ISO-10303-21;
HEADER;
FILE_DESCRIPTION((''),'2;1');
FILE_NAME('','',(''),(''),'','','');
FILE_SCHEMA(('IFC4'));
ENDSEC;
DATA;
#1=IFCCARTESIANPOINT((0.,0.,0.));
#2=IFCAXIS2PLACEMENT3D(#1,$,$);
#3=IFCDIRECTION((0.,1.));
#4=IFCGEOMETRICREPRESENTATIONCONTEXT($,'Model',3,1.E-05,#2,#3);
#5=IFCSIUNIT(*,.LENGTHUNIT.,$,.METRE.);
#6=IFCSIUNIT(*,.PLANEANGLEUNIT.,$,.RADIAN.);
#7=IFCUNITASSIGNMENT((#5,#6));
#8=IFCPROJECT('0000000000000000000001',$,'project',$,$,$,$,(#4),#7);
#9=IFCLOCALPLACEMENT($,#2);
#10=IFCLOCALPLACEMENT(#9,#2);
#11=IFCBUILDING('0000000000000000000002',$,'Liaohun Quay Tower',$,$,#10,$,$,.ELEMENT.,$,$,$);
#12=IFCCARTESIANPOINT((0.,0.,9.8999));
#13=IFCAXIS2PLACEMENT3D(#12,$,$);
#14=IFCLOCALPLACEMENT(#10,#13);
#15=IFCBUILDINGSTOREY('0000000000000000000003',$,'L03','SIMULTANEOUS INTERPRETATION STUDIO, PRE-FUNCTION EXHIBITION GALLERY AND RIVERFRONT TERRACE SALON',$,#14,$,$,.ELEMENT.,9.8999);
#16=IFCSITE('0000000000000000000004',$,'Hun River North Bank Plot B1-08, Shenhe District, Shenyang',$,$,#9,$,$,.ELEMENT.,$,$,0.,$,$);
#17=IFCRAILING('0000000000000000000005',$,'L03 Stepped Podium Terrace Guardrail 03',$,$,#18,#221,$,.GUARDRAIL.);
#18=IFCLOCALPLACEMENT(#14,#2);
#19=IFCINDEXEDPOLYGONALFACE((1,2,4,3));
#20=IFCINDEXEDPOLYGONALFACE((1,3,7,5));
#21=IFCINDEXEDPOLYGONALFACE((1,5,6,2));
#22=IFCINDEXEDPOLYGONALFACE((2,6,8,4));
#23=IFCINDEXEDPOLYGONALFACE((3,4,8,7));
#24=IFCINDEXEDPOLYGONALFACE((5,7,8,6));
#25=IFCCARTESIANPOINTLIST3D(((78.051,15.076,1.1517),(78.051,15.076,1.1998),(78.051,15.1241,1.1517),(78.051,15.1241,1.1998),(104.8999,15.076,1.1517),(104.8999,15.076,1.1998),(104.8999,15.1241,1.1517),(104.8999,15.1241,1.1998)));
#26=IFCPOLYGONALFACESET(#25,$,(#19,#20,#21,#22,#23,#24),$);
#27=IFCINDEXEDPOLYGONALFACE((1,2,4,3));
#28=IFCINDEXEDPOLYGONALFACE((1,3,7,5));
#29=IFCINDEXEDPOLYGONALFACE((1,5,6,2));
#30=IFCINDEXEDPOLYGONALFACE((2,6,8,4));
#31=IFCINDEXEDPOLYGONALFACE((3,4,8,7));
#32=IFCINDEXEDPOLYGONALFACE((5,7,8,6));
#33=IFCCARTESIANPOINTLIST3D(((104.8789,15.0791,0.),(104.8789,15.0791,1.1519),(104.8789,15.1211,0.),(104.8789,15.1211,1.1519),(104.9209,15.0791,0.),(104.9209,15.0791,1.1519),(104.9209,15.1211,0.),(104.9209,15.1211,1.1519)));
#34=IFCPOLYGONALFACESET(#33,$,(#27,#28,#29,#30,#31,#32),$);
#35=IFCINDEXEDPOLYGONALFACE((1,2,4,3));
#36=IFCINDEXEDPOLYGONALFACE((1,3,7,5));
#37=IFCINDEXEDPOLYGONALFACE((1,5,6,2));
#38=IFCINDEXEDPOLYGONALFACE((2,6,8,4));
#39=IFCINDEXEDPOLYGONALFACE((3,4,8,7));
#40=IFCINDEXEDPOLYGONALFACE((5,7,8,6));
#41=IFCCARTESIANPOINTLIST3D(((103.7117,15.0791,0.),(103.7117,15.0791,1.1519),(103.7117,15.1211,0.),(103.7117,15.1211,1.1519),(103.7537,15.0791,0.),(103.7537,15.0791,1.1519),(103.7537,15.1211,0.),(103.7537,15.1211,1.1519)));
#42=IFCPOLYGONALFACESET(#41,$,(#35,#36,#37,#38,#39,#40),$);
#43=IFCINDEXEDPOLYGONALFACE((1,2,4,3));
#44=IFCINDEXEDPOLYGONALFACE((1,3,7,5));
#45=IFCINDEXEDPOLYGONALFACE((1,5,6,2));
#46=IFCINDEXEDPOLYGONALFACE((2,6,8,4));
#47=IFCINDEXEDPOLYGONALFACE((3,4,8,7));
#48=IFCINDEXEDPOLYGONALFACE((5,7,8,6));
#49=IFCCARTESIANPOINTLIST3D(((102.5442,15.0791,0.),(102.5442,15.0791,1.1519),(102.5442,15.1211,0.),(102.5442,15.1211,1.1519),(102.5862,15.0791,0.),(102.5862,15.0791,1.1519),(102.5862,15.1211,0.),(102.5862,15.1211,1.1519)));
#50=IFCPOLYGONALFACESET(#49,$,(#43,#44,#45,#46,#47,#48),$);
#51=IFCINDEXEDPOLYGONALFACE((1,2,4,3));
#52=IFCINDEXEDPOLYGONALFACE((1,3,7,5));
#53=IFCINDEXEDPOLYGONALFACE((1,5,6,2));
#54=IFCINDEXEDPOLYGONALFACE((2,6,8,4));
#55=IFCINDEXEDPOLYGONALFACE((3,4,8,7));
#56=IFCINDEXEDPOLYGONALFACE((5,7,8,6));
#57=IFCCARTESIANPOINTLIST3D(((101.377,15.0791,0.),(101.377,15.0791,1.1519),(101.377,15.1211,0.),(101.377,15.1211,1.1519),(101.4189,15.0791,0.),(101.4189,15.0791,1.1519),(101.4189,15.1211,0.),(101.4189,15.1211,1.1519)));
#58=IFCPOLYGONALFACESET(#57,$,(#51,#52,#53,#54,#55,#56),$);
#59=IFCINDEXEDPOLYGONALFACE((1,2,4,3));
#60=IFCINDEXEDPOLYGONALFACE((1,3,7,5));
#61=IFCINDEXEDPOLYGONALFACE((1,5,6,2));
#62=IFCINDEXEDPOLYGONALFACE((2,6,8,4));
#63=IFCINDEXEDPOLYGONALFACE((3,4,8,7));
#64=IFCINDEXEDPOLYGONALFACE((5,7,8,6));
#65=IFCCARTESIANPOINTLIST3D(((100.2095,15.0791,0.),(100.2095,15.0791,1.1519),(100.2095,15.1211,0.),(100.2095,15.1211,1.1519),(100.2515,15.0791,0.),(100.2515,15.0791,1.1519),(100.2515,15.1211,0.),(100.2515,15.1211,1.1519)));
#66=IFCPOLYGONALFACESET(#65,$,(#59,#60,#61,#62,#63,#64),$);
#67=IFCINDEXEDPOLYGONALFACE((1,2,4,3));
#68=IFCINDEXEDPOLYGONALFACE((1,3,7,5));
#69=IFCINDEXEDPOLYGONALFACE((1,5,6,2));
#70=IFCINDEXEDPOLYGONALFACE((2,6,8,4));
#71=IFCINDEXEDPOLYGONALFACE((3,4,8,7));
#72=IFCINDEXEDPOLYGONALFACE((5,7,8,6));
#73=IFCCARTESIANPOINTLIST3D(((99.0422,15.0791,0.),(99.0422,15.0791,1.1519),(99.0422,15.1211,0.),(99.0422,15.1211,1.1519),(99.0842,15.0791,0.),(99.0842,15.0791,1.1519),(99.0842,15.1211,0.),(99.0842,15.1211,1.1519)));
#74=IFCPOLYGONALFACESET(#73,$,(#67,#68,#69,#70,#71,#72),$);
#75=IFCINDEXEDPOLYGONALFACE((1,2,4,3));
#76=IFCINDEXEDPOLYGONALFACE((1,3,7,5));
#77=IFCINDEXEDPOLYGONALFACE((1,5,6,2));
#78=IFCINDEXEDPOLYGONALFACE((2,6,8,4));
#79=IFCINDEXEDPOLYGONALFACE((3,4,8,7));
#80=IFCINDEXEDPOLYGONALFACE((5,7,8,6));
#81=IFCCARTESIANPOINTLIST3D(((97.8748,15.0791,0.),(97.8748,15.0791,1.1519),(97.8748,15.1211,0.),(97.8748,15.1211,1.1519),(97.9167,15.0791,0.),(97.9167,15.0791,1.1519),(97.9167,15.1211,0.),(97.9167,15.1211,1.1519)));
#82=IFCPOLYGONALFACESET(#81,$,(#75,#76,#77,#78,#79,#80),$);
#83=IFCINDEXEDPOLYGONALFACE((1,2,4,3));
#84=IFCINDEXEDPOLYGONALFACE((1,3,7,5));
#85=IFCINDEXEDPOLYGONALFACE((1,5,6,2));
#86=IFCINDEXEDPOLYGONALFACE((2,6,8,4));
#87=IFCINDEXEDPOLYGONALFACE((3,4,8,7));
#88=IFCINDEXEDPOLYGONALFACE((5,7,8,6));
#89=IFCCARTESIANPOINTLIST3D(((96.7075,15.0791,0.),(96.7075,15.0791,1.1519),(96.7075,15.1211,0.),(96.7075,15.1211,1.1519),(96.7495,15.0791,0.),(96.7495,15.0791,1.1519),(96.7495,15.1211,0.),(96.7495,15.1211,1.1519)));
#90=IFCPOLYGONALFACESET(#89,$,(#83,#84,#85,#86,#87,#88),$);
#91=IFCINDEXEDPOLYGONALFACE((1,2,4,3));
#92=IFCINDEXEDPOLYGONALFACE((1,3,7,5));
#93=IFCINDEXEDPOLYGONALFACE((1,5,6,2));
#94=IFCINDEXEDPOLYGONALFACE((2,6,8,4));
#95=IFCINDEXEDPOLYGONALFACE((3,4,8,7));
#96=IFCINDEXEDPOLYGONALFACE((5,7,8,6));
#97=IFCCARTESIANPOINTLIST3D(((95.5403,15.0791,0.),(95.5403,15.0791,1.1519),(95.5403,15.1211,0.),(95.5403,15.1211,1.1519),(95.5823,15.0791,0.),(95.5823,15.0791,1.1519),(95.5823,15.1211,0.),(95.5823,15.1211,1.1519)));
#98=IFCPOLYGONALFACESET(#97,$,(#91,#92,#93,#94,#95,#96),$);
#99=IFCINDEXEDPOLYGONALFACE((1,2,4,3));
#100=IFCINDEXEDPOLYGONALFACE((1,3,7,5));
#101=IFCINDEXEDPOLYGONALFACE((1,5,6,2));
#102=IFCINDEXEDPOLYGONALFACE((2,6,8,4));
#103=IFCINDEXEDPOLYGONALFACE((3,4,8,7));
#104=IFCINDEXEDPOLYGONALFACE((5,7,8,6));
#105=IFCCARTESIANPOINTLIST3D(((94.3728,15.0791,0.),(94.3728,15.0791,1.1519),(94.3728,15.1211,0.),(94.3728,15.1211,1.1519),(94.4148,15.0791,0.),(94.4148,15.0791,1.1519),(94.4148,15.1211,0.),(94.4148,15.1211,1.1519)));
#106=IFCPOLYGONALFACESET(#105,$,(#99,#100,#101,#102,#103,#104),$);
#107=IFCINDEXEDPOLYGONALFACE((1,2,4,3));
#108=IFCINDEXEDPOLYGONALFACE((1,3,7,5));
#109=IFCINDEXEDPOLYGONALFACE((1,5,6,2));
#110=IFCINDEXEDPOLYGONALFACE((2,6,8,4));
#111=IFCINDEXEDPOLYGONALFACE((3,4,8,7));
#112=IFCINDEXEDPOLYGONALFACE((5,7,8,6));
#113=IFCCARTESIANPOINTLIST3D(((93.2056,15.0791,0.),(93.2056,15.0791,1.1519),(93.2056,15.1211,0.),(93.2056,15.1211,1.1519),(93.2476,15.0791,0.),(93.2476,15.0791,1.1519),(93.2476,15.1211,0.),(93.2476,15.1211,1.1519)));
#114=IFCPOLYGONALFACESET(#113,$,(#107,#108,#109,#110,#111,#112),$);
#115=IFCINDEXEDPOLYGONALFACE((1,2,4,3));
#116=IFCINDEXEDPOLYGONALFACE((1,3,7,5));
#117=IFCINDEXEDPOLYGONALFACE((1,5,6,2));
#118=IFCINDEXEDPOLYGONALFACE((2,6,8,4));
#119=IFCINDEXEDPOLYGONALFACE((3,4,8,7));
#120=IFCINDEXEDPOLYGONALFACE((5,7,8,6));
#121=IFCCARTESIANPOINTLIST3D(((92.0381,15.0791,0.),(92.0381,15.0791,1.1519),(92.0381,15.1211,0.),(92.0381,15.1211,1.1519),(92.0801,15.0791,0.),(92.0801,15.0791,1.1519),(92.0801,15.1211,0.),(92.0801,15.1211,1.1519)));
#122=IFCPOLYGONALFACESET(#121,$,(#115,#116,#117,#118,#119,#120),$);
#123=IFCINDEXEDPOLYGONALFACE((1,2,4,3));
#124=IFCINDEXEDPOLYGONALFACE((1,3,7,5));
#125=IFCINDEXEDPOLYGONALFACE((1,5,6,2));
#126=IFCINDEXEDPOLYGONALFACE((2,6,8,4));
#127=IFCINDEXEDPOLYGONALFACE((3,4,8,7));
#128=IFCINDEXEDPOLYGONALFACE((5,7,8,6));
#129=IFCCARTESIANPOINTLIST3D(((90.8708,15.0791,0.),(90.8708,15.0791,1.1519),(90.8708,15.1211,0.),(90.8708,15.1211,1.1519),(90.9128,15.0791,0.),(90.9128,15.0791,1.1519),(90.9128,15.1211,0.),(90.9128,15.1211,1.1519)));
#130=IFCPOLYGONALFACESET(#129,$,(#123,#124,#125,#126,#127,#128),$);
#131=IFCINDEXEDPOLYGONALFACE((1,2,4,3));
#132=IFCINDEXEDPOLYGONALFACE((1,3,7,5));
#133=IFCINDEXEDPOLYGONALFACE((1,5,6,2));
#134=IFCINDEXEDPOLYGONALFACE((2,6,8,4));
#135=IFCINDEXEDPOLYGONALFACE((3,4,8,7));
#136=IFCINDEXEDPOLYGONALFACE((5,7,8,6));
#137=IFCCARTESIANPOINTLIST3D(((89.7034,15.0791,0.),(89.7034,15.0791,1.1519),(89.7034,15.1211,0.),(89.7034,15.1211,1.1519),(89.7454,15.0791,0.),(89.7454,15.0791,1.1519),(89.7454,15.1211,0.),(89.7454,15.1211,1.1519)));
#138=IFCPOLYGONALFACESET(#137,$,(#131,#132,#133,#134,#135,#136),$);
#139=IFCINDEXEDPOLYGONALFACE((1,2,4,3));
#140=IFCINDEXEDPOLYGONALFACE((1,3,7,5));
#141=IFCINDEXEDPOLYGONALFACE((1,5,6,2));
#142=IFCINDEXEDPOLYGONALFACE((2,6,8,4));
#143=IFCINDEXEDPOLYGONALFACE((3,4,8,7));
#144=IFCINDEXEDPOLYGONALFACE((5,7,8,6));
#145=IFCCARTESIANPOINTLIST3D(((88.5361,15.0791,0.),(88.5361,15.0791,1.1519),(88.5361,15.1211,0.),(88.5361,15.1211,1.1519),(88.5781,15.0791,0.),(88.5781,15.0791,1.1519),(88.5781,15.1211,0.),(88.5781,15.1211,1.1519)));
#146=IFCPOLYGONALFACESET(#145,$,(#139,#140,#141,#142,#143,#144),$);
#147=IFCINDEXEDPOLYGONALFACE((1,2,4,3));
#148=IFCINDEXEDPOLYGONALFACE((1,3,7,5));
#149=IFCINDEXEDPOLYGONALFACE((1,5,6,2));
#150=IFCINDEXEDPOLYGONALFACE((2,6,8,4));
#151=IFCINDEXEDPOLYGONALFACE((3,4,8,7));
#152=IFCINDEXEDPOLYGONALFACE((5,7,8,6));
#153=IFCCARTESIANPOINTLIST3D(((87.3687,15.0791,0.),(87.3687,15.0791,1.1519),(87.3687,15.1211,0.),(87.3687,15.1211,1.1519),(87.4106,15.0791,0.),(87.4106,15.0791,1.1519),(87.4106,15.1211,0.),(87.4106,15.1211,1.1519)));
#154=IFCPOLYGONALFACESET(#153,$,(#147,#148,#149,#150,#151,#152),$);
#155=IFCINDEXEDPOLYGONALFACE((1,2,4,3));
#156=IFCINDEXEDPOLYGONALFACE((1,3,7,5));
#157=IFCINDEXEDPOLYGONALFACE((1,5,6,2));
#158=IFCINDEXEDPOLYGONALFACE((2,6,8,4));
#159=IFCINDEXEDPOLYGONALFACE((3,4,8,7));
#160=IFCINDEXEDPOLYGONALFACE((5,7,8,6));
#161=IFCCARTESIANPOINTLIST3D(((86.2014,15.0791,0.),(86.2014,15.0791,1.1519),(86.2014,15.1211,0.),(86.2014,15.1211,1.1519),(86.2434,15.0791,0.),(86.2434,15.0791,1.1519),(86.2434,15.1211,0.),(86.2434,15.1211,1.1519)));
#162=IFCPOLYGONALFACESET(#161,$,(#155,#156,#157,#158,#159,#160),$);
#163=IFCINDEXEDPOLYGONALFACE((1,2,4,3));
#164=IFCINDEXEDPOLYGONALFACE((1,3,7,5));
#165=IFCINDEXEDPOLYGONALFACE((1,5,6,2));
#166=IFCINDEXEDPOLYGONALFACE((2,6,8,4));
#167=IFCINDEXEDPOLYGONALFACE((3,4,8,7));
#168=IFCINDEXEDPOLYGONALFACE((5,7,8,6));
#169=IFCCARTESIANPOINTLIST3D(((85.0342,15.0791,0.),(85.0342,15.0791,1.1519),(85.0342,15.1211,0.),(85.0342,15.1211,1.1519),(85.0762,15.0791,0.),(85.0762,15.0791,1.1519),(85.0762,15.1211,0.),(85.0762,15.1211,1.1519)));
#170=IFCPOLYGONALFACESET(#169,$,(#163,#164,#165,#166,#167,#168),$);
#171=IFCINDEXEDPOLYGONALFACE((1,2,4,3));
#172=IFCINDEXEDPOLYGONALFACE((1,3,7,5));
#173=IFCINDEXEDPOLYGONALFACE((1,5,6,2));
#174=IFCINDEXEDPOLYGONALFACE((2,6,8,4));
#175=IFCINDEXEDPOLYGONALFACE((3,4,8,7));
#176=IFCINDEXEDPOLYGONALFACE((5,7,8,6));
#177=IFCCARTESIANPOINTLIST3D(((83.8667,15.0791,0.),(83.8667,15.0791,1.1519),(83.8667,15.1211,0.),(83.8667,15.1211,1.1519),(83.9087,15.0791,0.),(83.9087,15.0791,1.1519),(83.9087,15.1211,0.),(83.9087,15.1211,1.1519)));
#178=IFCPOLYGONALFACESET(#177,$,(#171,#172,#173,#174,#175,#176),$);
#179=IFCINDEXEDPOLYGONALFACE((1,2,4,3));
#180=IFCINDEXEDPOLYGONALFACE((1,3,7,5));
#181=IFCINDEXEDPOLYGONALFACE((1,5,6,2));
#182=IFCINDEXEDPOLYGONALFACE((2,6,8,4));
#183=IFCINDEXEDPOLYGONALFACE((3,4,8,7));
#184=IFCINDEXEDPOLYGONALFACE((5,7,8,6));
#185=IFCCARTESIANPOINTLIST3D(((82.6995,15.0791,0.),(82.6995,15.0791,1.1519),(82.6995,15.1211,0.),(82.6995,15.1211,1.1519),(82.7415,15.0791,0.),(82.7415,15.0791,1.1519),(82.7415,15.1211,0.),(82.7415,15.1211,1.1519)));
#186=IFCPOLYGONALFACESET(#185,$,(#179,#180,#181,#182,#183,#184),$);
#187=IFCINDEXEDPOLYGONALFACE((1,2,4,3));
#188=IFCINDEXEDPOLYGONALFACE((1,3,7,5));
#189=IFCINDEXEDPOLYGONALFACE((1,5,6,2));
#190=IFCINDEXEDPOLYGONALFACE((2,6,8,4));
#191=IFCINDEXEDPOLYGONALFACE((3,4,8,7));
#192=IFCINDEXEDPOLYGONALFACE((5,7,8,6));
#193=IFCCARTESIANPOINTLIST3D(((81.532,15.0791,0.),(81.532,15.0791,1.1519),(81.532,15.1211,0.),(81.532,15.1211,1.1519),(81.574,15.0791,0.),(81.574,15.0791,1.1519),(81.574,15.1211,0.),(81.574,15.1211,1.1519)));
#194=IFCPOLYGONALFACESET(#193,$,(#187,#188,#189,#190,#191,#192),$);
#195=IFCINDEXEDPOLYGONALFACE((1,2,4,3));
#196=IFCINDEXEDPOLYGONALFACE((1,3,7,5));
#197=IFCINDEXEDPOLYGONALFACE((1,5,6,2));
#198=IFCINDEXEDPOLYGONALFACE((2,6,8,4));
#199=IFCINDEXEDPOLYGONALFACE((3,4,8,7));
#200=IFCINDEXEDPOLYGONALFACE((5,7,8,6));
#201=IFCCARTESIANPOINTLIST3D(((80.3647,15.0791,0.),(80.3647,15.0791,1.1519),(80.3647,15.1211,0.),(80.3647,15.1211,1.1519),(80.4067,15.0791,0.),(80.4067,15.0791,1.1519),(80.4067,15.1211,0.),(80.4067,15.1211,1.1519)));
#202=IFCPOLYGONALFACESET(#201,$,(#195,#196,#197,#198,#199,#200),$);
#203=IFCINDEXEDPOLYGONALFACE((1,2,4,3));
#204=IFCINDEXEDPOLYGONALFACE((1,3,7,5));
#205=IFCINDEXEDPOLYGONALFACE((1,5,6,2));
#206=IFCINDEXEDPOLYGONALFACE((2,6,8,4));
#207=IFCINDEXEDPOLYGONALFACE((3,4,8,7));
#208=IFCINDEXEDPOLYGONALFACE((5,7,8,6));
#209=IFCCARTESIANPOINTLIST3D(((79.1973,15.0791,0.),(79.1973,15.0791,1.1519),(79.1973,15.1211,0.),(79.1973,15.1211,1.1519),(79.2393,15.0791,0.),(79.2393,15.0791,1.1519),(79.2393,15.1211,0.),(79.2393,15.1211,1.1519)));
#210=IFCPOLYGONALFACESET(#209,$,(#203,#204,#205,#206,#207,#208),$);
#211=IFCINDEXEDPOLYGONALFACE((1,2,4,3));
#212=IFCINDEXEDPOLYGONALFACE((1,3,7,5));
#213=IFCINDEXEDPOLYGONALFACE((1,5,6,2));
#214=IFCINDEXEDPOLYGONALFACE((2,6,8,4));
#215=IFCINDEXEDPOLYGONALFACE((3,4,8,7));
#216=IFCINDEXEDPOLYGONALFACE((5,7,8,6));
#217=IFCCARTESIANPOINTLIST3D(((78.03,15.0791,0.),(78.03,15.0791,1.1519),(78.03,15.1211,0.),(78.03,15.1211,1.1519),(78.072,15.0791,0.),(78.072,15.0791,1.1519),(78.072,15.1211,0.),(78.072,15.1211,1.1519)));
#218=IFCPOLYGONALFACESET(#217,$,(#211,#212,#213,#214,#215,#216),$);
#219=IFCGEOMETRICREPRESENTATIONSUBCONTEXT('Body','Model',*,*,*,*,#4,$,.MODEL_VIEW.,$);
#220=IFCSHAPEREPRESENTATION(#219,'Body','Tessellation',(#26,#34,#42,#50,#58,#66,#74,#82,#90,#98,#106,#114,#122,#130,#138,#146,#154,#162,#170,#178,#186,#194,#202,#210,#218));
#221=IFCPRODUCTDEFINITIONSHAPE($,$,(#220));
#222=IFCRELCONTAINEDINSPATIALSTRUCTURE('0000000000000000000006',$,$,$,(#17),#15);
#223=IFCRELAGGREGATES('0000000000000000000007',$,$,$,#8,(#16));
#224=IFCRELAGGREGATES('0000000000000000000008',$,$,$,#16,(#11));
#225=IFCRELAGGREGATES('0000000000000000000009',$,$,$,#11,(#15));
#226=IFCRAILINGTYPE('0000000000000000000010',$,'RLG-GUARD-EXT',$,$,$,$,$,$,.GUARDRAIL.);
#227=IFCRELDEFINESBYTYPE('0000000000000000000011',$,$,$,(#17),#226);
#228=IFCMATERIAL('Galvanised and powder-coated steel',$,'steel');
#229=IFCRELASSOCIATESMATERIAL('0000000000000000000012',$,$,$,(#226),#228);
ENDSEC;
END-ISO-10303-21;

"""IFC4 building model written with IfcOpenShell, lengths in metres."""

from ifc_helpers import new_model, si_unit, direction, frame, origin, origin_2d, place, context, subcontext, project, spatial, rectangle, extrude, material, type_object, element, save


model = new_model("IFC4")

# Units and contexts
model_context = context("Model", 3, precision=1e-05, world=origin(), true_north=direction((0.0, 1.0)))
body_context = subcontext(model_context, "Body", "Model", "MODEL_VIEW")
ifc_project = project(units=[si_unit("LENGTHUNIT", "METRE"), si_unit("PLANEANGLEUNIT", "RADIAN")], contexts=[model_context])

# Site, building, storey
site_placement = place(None, origin())
site = spatial("IfcSite", under=ifc_project, at=site_placement, Name="Hun River North Bank Plot B1-08, Shenhe District, Shenyang", CompositionType="ELEMENT", RefElevation=0.0)
building_placement = place(site_placement, origin())
building = spatial("IfcBuilding", under=site, at=building_placement, Name="Liaohun Quay Tower", CompositionType="ELEMENT")
storey_placement = place(building_placement, frame((0.0, 0.0, 9.8999)))
storey = spatial("IfcBuildingStorey", under=building, at=storey_placement, Name="L03", Description="SIMULTANEOUS INTERPRETATION STUDIO, PRE-FUNCTION EXHIBITION GALLERY AND RIVERFRONT TERRACE SALON", CompositionType="ELEMENT", Elevation=9.8999)

# Railing
ifc_material_1 = material(Name="Galvanised and powder-coated steel", Category="steel")
railing_type_1 = type_object("IfcRailingType", Name="RLG-GUARD-EXT", PredefinedType="GUARDRAIL", material=ifc_material_1)
railing_1_placement = place(storey_placement, frame((104.8999, 15.1001, 0.0)))
element("IfcRailing", 1, at=railing_1_placement, inside=storey, type_object=railing_type_1, Name="L03 Stepped Podium Terrace Guardrail 03", PredefinedType="GUARDRAIL", context=body_context, shape_type="SweptSolid", body=[
    extrude(rectangle(XDim=0.0481, YDim=0.0481, at=origin_2d()), frame((0.0, 0.0, 1.1758), z_axis=(-1.0, 0.0, 0.0), x_axis=(0.0, -1.0, 0.0)), (0.0, 0.0, 1.0), 26.8489),
    extrude(rectangle(XDim=0.042, YDim=0.042, at=origin_2d()), origin(), (0.0, 0.0, 1.0), 1.1519),
    extrude(rectangle(XDim=0.042, YDim=0.042, at=origin_2d()), frame((-1.1672, 0.0, 0.0)), (0.0, 0.0, 1.0), 1.1519),
    extrude(rectangle(XDim=0.042, YDim=0.042, at=origin_2d()), frame((-2.3347, 0.0, 0.0)), (0.0, 0.0, 1.0), 1.1519),
    extrude(rectangle(XDim=0.042, YDim=0.042, at=origin_2d()), frame((-3.502, 0.0, 0.0)), (0.0, 0.0, 1.0), 1.1519),
    extrude(rectangle(XDim=0.042, YDim=0.042, at=origin_2d()), frame((-4.6694, 0.0, 0.0)), (0.0, 0.0, 1.0), 1.1519),
    extrude(rectangle(XDim=0.042, YDim=0.042, at=origin_2d()), frame((-5.8367, 0.0, 0.0)), (0.0, 0.0, 1.0), 1.1519),
    extrude(rectangle(XDim=0.042, YDim=0.042, at=origin_2d()), frame((-7.0042, 0.0, 0.0)), (0.0, 0.0, 1.0), 1.1519),
    extrude(rectangle(XDim=0.042, YDim=0.042, at=origin_2d()), frame((-8.1714, 0.0, 0.0)), (0.0, 0.0, 1.0), 1.1519),
    extrude(rectangle(XDim=0.042, YDim=0.042, at=origin_2d()), frame((-9.3386, 0.0, 0.0)), (0.0, 0.0, 1.0), 1.1519),
    extrude(rectangle(XDim=0.042, YDim=0.042, at=origin_2d()), frame((-10.5061, 0.0, 0.0)), (0.0, 0.0, 1.0), 1.1519),
    extrude(rectangle(XDim=0.042, YDim=0.042, at=origin_2d()), frame((-11.6733, 0.0, 0.0)), (0.0, 0.0, 1.0), 1.1519),
    extrude(rectangle(XDim=0.042, YDim=0.042, at=origin_2d()), frame((-12.8408, 0.0, 0.0)), (0.0, 0.0, 1.0), 1.1519),
    extrude(rectangle(XDim=0.042, YDim=0.042, at=origin_2d()), frame((-14.0081, 0.0, 0.0)), (0.0, 0.0, 1.0), 1.1519),
    extrude(rectangle(XDim=0.042, YDim=0.042, at=origin_2d()), frame((-15.1755, 0.0, 0.0)), (0.0, 0.0, 1.0), 1.1519),
    extrude(rectangle(XDim=0.042, YDim=0.042, at=origin_2d()), frame((-16.3428, 0.0, 0.0)), (0.0, 0.0, 1.0), 1.1519),
    extrude(rectangle(XDim=0.042, YDim=0.042, at=origin_2d()), frame((-17.5103, 0.0, 0.0)), (0.0, 0.0, 1.0), 1.1519),
    extrude(rectangle(XDim=0.042, YDim=0.042, at=origin_2d()), frame((-18.6775, 0.0, 0.0)), (0.0, 0.0, 1.0), 1.1519),
    extrude(rectangle(XDim=0.042, YDim=0.042, at=origin_2d()), frame((-19.8447, 0.0, 0.0)), (0.0, 0.0, 1.0), 1.1519),
    extrude(rectangle(XDim=0.042, YDim=0.042, at=origin_2d()), frame((-21.0122, 0.0, 0.0)), (0.0, 0.0, 1.0), 1.1519),
    extrude(rectangle(XDim=0.042, YDim=0.042, at=origin_2d()), frame((-22.1794, 0.0, 0.0)), (0.0, 0.0, 1.0), 1.1519),
    extrude(rectangle(XDim=0.042, YDim=0.042, at=origin_2d()), frame((-23.3469, 0.0, 0.0)), (0.0, 0.0, 1.0), 1.1519),
    extrude(rectangle(XDim=0.042, YDim=0.042, at=origin_2d()), frame((-24.5142, 0.0, 0.0)), (0.0, 0.0, 1.0), 1.1519),
    extrude(rectangle(XDim=0.042, YDim=0.042, at=origin_2d()), frame((-25.6816, 0.0, 0.0)), (0.0, 0.0, 1.0), 1.1519),
    extrude(rectangle(XDim=0.042, YDim=0.042, at=origin_2d()), frame((-26.8489, 0.0, 0.0)), (0.0, 0.0, 1.0), 1.1519),
])

save(model, "model.ifc")
